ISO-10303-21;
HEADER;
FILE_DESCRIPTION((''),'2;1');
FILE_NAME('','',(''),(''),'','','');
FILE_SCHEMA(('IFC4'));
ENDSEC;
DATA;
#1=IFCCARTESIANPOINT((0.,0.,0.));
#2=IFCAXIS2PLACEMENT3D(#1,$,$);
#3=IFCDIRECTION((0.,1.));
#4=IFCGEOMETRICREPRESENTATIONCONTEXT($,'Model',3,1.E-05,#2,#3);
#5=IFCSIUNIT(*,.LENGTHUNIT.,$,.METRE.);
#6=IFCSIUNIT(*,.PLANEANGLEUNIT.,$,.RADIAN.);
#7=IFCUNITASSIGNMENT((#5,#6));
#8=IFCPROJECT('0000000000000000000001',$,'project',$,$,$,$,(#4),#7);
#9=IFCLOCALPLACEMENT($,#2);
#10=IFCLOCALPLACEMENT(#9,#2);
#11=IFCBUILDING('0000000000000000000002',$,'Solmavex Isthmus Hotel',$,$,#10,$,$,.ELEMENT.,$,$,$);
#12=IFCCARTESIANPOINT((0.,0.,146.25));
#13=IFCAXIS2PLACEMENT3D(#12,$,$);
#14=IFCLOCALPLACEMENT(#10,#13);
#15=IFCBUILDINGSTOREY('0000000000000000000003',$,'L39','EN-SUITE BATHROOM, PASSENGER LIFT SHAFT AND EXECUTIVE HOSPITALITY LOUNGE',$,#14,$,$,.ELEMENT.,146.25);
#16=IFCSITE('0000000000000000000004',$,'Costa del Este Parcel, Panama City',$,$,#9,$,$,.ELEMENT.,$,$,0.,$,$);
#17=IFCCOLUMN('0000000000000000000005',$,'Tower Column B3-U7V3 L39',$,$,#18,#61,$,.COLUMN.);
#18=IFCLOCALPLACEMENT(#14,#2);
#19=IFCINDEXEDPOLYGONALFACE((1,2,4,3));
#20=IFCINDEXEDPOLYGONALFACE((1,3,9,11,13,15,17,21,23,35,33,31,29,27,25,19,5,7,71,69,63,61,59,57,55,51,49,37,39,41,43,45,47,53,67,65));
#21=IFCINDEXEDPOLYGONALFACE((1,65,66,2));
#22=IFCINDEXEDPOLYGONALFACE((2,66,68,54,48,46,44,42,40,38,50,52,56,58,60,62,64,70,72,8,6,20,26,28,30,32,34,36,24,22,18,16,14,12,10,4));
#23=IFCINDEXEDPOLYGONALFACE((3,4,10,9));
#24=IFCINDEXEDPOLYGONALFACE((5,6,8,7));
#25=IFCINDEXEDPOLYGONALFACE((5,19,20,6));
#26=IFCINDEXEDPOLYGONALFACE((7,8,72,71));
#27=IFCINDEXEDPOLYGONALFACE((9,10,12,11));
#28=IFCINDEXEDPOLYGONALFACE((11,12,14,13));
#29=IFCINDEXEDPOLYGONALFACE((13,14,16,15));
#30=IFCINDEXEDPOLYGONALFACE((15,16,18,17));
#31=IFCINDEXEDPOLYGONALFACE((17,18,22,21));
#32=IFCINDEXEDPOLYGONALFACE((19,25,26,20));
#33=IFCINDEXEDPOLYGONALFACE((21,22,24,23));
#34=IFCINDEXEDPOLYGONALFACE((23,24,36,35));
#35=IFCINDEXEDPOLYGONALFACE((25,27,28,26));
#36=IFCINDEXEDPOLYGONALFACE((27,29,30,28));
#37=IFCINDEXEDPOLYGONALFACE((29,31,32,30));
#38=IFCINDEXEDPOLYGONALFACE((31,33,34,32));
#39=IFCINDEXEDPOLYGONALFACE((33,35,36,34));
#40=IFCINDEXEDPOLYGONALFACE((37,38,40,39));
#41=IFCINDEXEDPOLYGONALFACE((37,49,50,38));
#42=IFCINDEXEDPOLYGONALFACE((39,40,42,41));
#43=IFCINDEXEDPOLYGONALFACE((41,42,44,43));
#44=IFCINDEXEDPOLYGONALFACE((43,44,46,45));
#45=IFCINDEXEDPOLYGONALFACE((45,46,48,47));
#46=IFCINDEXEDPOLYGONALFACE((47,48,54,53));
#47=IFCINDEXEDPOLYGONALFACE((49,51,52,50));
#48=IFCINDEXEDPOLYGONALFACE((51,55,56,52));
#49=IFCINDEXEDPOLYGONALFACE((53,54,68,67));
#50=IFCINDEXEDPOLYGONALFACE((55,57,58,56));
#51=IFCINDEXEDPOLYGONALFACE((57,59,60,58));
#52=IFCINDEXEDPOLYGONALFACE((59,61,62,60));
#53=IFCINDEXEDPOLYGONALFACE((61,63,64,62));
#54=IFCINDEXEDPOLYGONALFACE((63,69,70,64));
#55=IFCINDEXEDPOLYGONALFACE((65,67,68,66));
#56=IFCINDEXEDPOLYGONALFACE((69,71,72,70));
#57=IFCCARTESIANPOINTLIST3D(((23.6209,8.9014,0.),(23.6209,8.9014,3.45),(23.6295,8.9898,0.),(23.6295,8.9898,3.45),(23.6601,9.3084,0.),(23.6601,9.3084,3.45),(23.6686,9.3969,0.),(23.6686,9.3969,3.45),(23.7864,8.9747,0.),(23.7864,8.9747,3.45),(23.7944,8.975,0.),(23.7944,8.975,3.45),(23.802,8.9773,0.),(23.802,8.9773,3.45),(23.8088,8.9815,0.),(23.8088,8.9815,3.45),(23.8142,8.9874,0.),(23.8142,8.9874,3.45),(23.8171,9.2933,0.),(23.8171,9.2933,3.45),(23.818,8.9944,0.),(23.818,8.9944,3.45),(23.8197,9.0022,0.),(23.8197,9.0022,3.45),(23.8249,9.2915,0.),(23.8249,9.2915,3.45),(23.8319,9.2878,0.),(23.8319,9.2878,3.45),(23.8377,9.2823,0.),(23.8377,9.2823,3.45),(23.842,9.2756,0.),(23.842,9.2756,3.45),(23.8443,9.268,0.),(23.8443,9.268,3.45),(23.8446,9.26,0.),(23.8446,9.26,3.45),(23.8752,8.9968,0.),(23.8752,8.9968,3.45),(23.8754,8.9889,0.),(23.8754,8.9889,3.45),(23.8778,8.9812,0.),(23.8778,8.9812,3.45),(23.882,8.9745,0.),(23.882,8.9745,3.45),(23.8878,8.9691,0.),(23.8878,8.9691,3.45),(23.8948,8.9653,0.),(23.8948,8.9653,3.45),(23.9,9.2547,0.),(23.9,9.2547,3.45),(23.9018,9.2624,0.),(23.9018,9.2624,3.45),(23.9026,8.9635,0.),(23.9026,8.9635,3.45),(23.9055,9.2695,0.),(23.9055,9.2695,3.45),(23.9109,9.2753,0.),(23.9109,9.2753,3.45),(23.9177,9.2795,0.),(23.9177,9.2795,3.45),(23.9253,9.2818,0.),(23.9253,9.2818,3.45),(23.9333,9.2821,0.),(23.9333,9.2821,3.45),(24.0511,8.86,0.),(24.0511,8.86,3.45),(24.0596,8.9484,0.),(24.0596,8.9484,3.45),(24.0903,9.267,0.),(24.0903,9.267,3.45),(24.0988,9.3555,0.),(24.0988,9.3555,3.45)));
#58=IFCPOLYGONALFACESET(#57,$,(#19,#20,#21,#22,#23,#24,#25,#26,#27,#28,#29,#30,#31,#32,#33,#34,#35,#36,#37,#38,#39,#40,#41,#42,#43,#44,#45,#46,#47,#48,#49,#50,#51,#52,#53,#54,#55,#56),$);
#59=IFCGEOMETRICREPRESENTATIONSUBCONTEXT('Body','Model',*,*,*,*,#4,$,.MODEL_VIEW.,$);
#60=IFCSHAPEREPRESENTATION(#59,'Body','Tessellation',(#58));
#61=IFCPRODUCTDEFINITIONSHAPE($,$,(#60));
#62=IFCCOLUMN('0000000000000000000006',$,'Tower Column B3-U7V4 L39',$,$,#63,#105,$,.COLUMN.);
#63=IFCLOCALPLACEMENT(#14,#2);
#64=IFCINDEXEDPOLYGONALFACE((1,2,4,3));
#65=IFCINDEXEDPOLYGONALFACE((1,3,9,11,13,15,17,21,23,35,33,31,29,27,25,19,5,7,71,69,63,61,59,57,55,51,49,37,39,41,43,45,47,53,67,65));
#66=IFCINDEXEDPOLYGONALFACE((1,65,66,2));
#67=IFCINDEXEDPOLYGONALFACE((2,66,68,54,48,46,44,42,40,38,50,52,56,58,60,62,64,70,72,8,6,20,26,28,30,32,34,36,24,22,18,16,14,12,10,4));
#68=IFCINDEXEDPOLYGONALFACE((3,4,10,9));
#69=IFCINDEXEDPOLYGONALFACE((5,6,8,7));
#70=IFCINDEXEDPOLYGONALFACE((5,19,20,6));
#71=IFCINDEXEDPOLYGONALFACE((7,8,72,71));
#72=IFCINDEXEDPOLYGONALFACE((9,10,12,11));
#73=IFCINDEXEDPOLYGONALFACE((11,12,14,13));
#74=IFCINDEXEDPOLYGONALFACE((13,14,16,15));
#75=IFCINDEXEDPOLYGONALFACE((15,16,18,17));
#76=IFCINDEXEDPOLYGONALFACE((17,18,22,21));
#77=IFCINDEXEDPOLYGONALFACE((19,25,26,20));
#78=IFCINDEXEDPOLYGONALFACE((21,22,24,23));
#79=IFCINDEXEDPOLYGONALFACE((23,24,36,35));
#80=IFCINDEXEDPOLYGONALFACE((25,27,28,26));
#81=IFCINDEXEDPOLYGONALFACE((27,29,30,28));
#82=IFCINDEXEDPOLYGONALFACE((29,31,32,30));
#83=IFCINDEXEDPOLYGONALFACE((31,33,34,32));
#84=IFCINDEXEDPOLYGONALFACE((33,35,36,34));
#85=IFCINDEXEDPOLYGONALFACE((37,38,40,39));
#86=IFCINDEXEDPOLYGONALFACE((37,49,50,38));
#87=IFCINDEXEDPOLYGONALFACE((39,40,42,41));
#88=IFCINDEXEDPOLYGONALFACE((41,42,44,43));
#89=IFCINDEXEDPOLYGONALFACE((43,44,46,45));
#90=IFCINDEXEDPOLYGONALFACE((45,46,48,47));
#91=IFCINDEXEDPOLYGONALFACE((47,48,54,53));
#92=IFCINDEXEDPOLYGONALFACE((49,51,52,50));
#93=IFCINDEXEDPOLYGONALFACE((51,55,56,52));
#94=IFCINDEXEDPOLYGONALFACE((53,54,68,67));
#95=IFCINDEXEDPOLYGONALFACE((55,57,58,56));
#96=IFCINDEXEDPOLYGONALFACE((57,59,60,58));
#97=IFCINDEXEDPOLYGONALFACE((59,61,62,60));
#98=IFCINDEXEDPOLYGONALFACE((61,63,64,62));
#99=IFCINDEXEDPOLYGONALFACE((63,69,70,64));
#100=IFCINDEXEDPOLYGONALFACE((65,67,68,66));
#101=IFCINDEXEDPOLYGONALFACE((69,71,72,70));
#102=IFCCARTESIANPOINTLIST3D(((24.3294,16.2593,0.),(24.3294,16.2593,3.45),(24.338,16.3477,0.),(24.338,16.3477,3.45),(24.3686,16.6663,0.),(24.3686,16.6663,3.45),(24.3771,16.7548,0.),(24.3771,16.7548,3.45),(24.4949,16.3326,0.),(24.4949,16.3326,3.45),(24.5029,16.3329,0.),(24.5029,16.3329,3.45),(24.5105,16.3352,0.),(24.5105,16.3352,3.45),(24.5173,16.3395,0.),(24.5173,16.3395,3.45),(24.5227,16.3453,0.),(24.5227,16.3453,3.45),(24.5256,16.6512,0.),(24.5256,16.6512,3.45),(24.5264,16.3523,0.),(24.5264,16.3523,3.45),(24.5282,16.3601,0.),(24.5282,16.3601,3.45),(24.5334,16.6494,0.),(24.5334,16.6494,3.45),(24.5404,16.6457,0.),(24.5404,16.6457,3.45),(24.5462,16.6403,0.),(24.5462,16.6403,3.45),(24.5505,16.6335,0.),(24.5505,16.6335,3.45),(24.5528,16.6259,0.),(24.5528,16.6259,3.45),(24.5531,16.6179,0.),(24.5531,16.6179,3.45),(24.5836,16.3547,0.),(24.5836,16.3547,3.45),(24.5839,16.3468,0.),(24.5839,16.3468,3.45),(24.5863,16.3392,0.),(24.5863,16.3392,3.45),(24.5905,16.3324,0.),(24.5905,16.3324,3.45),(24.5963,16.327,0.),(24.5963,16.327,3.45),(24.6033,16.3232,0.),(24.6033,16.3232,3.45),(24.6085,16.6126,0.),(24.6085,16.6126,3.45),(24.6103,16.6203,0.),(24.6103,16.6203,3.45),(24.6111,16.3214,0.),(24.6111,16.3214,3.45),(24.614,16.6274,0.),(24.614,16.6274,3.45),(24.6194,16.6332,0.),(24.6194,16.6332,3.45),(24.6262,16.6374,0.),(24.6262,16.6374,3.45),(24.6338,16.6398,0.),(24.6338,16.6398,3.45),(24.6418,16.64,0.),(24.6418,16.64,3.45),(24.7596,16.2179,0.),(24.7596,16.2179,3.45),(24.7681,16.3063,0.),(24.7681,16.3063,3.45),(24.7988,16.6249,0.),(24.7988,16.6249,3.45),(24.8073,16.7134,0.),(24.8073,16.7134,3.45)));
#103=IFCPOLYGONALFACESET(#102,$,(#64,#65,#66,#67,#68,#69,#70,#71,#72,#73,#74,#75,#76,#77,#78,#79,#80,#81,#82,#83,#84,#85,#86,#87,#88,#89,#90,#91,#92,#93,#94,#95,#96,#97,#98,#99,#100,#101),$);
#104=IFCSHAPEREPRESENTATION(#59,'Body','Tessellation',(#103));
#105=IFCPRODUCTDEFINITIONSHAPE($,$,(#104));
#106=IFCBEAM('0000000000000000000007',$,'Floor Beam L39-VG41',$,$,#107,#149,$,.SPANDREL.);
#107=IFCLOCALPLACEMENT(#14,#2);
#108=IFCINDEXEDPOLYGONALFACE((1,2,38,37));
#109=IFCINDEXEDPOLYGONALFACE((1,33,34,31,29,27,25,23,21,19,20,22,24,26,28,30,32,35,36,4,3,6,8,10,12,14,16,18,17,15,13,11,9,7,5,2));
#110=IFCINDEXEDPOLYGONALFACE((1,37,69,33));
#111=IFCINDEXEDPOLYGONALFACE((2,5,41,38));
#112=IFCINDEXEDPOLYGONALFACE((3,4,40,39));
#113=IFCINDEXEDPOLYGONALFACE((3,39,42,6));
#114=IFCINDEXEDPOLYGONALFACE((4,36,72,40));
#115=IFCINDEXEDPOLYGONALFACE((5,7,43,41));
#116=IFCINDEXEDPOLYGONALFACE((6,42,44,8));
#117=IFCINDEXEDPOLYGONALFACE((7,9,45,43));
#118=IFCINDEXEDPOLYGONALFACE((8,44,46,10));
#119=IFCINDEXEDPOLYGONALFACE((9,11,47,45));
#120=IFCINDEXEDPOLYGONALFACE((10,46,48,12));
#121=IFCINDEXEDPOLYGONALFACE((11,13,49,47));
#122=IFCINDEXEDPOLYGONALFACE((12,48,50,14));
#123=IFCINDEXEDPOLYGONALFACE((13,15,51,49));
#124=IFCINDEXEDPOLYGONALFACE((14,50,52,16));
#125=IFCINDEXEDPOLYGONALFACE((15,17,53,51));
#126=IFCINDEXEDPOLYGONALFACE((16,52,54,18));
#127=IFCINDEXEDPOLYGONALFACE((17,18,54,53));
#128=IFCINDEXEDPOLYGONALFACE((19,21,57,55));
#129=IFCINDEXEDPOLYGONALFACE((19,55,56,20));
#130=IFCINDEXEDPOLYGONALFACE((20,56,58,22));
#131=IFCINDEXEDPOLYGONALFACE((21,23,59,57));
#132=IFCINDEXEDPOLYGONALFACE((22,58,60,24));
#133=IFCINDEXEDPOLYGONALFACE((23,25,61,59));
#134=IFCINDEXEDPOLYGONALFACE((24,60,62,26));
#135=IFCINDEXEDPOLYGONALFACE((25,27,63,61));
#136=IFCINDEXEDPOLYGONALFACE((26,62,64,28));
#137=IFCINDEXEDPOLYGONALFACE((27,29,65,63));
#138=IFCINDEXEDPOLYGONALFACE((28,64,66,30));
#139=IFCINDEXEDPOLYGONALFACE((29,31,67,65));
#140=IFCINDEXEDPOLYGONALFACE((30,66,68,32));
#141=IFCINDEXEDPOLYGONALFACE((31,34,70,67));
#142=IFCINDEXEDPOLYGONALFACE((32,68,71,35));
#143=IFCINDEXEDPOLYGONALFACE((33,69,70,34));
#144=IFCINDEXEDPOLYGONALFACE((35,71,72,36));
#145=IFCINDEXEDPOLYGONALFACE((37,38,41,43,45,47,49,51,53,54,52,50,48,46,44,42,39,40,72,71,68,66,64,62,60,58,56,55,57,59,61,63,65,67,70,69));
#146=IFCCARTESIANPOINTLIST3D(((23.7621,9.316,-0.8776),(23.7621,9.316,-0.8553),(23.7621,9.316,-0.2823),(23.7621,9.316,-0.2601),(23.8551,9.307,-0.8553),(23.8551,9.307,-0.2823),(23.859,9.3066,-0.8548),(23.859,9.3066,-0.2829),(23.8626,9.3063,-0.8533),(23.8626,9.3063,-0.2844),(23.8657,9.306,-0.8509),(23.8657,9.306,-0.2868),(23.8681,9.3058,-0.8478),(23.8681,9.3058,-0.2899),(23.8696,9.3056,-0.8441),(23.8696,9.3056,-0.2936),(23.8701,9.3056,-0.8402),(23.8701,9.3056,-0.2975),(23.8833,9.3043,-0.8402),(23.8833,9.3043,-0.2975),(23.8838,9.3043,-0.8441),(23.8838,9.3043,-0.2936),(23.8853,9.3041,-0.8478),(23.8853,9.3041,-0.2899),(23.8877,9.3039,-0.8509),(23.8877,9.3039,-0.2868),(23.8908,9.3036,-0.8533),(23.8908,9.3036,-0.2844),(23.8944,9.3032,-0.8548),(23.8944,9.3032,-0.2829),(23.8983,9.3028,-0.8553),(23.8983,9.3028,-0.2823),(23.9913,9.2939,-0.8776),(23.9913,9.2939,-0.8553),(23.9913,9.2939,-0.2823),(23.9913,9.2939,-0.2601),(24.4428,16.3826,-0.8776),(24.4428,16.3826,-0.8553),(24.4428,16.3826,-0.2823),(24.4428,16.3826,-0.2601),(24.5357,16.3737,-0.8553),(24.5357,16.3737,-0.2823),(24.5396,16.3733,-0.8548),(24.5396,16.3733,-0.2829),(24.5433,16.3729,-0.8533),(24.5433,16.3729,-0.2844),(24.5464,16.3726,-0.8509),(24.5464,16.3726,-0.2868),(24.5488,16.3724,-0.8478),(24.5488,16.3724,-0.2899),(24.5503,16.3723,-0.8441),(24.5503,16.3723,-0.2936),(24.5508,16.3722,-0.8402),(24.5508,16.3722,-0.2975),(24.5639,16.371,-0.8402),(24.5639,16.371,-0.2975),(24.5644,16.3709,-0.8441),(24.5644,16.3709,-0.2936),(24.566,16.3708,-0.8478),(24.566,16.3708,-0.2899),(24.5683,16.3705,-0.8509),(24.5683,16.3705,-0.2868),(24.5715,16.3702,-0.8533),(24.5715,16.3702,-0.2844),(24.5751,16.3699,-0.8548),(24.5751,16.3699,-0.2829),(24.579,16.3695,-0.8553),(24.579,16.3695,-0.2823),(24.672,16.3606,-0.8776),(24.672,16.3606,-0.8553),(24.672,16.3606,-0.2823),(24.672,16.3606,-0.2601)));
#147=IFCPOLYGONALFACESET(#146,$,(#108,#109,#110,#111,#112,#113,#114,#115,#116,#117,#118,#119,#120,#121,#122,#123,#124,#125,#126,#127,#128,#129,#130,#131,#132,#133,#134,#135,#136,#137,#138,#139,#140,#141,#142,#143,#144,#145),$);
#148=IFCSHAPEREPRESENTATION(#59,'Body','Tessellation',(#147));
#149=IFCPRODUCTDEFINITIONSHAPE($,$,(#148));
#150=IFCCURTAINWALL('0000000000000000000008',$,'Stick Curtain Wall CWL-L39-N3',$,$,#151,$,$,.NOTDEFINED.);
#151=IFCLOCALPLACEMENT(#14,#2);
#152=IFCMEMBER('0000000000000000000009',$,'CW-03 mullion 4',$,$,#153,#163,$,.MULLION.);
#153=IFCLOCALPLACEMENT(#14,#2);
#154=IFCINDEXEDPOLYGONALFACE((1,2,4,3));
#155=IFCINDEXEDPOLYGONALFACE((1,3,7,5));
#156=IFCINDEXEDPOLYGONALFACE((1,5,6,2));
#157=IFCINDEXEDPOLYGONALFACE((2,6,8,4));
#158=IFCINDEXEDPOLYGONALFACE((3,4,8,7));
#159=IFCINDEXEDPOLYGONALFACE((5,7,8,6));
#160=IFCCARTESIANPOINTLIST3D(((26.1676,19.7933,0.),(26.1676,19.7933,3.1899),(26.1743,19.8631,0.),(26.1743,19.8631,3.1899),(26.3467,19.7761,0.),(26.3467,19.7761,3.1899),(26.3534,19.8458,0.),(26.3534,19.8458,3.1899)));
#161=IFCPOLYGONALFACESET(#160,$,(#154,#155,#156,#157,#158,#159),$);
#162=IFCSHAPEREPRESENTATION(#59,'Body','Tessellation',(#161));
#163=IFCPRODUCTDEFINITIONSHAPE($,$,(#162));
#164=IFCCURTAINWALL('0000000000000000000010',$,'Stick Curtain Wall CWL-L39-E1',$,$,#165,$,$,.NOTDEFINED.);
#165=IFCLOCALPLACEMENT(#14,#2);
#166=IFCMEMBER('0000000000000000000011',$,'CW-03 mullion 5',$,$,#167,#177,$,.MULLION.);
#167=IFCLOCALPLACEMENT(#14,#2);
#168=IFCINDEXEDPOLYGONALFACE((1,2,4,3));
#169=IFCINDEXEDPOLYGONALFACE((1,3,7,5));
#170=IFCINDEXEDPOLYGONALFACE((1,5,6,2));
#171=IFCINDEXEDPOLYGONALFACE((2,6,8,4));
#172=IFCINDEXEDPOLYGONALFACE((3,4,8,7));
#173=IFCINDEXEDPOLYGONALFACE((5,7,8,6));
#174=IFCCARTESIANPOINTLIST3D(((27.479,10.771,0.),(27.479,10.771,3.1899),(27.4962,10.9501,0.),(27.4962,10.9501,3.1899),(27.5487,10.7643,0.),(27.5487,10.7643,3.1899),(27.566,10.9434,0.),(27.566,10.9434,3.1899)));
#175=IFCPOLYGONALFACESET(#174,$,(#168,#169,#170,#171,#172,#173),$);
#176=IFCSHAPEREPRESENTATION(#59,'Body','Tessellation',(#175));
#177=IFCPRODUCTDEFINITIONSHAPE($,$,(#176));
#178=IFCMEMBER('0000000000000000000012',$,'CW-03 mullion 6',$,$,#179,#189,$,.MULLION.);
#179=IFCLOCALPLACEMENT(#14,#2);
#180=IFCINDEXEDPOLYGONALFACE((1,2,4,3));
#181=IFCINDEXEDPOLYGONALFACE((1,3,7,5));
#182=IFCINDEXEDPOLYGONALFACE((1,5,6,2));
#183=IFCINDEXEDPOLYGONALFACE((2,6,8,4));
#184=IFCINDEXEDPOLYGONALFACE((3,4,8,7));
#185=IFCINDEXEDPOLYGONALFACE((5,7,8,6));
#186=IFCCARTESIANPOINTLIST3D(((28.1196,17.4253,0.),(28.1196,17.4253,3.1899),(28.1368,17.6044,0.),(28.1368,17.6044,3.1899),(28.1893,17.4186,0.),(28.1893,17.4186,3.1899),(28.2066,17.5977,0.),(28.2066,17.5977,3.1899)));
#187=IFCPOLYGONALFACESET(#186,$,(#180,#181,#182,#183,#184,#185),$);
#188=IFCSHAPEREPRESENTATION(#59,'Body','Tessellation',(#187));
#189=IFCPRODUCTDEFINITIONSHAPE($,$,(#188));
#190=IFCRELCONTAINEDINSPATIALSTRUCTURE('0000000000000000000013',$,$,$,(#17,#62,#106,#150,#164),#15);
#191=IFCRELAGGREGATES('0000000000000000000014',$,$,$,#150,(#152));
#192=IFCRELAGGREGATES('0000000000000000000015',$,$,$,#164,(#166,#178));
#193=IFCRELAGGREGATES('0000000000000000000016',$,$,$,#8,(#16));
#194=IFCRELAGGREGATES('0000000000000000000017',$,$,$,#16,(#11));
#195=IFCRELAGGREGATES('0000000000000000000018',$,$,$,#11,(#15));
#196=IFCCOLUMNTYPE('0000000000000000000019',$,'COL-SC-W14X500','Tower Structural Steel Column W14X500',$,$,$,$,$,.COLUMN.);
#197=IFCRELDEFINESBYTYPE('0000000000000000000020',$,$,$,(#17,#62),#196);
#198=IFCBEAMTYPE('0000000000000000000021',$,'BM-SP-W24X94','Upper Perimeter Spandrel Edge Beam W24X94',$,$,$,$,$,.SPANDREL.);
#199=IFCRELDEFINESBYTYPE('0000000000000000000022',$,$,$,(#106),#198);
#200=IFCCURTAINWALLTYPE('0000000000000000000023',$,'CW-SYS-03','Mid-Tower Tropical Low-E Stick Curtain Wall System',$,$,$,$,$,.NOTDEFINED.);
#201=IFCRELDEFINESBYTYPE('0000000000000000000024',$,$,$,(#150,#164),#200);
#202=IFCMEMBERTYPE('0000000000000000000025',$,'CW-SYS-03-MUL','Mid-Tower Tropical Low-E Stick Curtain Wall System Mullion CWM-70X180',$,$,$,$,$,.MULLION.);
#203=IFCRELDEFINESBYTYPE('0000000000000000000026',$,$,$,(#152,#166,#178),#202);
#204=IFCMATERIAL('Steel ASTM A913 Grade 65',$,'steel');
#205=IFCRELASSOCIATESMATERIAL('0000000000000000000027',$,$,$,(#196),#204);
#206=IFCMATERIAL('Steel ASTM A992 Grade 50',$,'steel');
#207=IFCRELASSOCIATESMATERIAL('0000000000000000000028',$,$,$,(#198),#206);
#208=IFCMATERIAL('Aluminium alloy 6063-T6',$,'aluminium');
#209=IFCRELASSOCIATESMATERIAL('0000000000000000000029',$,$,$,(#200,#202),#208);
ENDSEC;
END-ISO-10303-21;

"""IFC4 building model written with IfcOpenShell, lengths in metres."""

from ifc_helpers import new_model, si_unit, direction, frame, origin, origin_2d, place, context, subcontext, project, spatial, rectangle, i_section, extrude, material, material_profile, profile_set, type_object, element, aggregate, save


model = new_model("IFC4")

# Units and contexts
model_context = context("Model", 3, precision=1e-05, world=origin(), true_north=direction((0.0, 1.0)))
body_context = subcontext(model_context, "Body", "Model", "MODEL_VIEW")
ifc_project = project(units=[si_unit("LENGTHUNIT", "METRE"), si_unit("PLANEANGLEUNIT", "RADIAN")], contexts=[model_context])

# Site, building, storey
site_placement = place(None, origin())
site = spatial("IfcSite", under=ifc_project, at=site_placement, Name="Costa del Este Parcel, Panama City", CompositionType="ELEMENT", RefElevation=0.0)
building_placement = place(site_placement, origin())
building = spatial("IfcBuilding", under=site, at=building_placement, Name="Solmavex Isthmus Hotel", CompositionType="ELEMENT")
storey_placement = place(building_placement, frame((0.0, 0.0, 146.25)))
storey = spatial("IfcBuildingStorey", under=building, at=storey_placement, Name="L39", Description="EN-SUITE BATHROOM, PASSENGER LIFT SHAFT AND EXECUTIVE HOSPITALITY LOUNGE", CompositionType="ELEMENT", Elevation=146.25)

# Columns
ifc_material_1 = material(Name="Steel ASTM A913 Grade 65", Category="steel")
ifc_material_profile_1 = material_profile(ifc_material_1, i_section(OverallWidth=0.4321, OverallDepth=0.4978, WebThickness=0.0557, FlangeThickness=0.0889, FilletRadius=0.0305, at=origin_2d()), Name="W14X500")
ifc_profile_set_1 = profile_set([ifc_material_profile_1], Name="Steel ASTM A913 Grade 65")
column_type = type_object("IfcColumnType", Name="COL-SC-W14X500", Description="Tower Structural Steel Column W14X500", PredefinedType="COLUMN", material=ifc_profile_set_1)
for number, where, z_axis, x_axis, name in (
    (1, (23.8599, 9.1284, 0.0), (0.0, 0.0, 1.0), (0.995396, -0.095846, 0.0), "Tower Column B3-U7V3 L39"),
    (2, (24.5684, 16.4863, 0.0), (0.0, 0.0, 1.0), (0.995396, -0.095846, 0.0), "Tower Column B3-U7V4 L39"),
):
    element("IfcColumn", number, at=place(storey_placement, frame(where, z_axis=z_axis, x_axis=x_axis)), inside=storey, type_object=column_type, Name=name, PredefinedType="COLUMN", context=body_context, shape_type="SweptSolid", body=[
        extrude(i_section(OverallWidth=0.4321, OverallDepth=0.4978, WebThickness=0.0557, FlangeThickness=0.0889, FilletRadius=0.0305, at=origin_2d()), origin(), (0.0, 0.0, 1.0), 3.45),
    ])

# Beam
ifc_material_2 = material(Name="Steel ASTM A992 Grade 50", Category="steel")
ifc_material_profile_2 = material_profile(ifc_material_2, i_section(OverallWidth=0.2302, OverallDepth=0.6174, WebThickness=0.0132, FlangeThickness=0.0222, FilletRadius=0.0151, at=origin_2d()), Name="W24X94")
ifc_profile_set_2 = profile_set([ifc_material_profile_2], Name="Steel ASTM A992 Grade 50")
beam_type = type_object("IfcBeamType", Name="BM-SP-W24X94", Description="Upper Perimeter Spandrel Edge Beam W24X94", PredefinedType="SPANDREL", material=ifc_profile_set_2)
beam_placement = place(storey_placement, frame((23.8767, 9.3049, -0.5688), z_axis=(0.095877, 0.995393, 0.0), x_axis=(-0.995393, 0.095877, 0.0)))
element("IfcBeam", 3, at=beam_placement, inside=storey, type_object=beam_type, Name="Floor Beam L39-VG41", PredefinedType="SPANDREL", context=body_context, shape_type="SweptSolid", body=[
    extrude(i_section(OverallWidth=0.2302, OverallDepth=0.6174, WebThickness=0.0132, FlangeThickness=0.0222, FilletRadius=0.0151, at=origin_2d()), origin(), (0.0, 0.0, 1.0), 7.0994),
])

# Curtain wall, member
ifc_material_3 = material(Name="Aluminium alloy 6063-T6", Category="aluminium")
curtain_wall_type = type_object("IfcCurtainWallType", Name="CW-SYS-03", Description="Mid-Tower Tropical Low-E Stick Curtain Wall System", PredefinedType="NOTDEFINED", material=ifc_material_3)
curtain_wall_1_placement = place(storey_placement, origin())
curtain_wall_1 = element("IfcCurtainWall", 4, at=curtain_wall_1_placement, inside=storey, type_object=curtain_wall_type, Name="Stick Curtain Wall CWL-L39-N3", PredefinedType="NOTDEFINED")
ifc_material_profile_3 = material_profile(ifc_material_3, rectangle(XDim=0.0701, YDim=0.1799, at=origin_2d()), Name="CWM-70X180")
ifc_profile_set_3 = profile_set([ifc_material_profile_3], Name="Aluminium alloy 6063-T6")
member_type_1 = type_object("IfcMemberType", Name="CW-SYS-03-MUL", Description="Mid-Tower Tropical Low-E Stick Curtain Wall System Mullion CWM-70X180", PredefinedType="MULLION", material=ifc_profile_set_3)
member_1_placement = place(storey_placement, frame((26.2605, 19.8196, 0.0), z_axis=(0.0, 0.0, 1.0), x_axis=(0.095846, 0.995396, 0.0)))
member_1 = element("IfcMember", 5, at=member_1_placement, type_object=member_type_1, Name="CW-03 mullion 4", PredefinedType="MULLION", context=body_context, shape_type="SweptSolid", body=[
    extrude(rectangle(XDim=0.0701, YDim=0.1799, at=origin_2d()), origin(), (0.0, 0.0, 1.0), 3.1899),
])

# Curtain wall, members
curtain_wall_2_placement = place(storey_placement, origin())
curtain_wall_2 = element("IfcCurtainWall", 6, at=curtain_wall_2_placement, inside=storey, type_object=curtain_wall_type, Name="Stick Curtain Wall CWL-L39-E1", PredefinedType="NOTDEFINED")
member_2_placement = place(storey_placement, frame((27.5225, 10.8572, 0.0), z_axis=(0.0, 0.0, 1.0), x_axis=(-0.995396, 0.095846, 0.0)))
member_2 = element("IfcMember", 7, at=member_2_placement, type_object=member_type_1, Name="CW-03 mullion 5", PredefinedType="MULLION", context=body_context, shape_type="SweptSolid", body=[
    extrude(rectangle(XDim=0.0701, YDim=0.1799, at=origin_2d()), origin(), (0.0, 0.0, 1.0), 3.1899),
])
member_3_placement = place(storey_placement, frame((28.1631, 17.5115, 0.0), z_axis=(0.0, 0.0, 1.0), x_axis=(-0.995396, 0.095846, 0.0)))
member_3 = element("IfcMember", 8, at=member_3_placement, type_object=member_type_1, Name="CW-03 mullion 6", PredefinedType="MULLION", context=body_context, shape_type="SweptSolid", body=[
    extrude(rectangle(XDim=0.0701, YDim=0.1799, at=origin_2d()), origin(), (0.0, 0.0, 1.0), 3.1899),
])

aggregate(curtain_wall_1, [member_1])
aggregate(curtain_wall_2, [member_2, member_3])

save(model, "model.ifc")
